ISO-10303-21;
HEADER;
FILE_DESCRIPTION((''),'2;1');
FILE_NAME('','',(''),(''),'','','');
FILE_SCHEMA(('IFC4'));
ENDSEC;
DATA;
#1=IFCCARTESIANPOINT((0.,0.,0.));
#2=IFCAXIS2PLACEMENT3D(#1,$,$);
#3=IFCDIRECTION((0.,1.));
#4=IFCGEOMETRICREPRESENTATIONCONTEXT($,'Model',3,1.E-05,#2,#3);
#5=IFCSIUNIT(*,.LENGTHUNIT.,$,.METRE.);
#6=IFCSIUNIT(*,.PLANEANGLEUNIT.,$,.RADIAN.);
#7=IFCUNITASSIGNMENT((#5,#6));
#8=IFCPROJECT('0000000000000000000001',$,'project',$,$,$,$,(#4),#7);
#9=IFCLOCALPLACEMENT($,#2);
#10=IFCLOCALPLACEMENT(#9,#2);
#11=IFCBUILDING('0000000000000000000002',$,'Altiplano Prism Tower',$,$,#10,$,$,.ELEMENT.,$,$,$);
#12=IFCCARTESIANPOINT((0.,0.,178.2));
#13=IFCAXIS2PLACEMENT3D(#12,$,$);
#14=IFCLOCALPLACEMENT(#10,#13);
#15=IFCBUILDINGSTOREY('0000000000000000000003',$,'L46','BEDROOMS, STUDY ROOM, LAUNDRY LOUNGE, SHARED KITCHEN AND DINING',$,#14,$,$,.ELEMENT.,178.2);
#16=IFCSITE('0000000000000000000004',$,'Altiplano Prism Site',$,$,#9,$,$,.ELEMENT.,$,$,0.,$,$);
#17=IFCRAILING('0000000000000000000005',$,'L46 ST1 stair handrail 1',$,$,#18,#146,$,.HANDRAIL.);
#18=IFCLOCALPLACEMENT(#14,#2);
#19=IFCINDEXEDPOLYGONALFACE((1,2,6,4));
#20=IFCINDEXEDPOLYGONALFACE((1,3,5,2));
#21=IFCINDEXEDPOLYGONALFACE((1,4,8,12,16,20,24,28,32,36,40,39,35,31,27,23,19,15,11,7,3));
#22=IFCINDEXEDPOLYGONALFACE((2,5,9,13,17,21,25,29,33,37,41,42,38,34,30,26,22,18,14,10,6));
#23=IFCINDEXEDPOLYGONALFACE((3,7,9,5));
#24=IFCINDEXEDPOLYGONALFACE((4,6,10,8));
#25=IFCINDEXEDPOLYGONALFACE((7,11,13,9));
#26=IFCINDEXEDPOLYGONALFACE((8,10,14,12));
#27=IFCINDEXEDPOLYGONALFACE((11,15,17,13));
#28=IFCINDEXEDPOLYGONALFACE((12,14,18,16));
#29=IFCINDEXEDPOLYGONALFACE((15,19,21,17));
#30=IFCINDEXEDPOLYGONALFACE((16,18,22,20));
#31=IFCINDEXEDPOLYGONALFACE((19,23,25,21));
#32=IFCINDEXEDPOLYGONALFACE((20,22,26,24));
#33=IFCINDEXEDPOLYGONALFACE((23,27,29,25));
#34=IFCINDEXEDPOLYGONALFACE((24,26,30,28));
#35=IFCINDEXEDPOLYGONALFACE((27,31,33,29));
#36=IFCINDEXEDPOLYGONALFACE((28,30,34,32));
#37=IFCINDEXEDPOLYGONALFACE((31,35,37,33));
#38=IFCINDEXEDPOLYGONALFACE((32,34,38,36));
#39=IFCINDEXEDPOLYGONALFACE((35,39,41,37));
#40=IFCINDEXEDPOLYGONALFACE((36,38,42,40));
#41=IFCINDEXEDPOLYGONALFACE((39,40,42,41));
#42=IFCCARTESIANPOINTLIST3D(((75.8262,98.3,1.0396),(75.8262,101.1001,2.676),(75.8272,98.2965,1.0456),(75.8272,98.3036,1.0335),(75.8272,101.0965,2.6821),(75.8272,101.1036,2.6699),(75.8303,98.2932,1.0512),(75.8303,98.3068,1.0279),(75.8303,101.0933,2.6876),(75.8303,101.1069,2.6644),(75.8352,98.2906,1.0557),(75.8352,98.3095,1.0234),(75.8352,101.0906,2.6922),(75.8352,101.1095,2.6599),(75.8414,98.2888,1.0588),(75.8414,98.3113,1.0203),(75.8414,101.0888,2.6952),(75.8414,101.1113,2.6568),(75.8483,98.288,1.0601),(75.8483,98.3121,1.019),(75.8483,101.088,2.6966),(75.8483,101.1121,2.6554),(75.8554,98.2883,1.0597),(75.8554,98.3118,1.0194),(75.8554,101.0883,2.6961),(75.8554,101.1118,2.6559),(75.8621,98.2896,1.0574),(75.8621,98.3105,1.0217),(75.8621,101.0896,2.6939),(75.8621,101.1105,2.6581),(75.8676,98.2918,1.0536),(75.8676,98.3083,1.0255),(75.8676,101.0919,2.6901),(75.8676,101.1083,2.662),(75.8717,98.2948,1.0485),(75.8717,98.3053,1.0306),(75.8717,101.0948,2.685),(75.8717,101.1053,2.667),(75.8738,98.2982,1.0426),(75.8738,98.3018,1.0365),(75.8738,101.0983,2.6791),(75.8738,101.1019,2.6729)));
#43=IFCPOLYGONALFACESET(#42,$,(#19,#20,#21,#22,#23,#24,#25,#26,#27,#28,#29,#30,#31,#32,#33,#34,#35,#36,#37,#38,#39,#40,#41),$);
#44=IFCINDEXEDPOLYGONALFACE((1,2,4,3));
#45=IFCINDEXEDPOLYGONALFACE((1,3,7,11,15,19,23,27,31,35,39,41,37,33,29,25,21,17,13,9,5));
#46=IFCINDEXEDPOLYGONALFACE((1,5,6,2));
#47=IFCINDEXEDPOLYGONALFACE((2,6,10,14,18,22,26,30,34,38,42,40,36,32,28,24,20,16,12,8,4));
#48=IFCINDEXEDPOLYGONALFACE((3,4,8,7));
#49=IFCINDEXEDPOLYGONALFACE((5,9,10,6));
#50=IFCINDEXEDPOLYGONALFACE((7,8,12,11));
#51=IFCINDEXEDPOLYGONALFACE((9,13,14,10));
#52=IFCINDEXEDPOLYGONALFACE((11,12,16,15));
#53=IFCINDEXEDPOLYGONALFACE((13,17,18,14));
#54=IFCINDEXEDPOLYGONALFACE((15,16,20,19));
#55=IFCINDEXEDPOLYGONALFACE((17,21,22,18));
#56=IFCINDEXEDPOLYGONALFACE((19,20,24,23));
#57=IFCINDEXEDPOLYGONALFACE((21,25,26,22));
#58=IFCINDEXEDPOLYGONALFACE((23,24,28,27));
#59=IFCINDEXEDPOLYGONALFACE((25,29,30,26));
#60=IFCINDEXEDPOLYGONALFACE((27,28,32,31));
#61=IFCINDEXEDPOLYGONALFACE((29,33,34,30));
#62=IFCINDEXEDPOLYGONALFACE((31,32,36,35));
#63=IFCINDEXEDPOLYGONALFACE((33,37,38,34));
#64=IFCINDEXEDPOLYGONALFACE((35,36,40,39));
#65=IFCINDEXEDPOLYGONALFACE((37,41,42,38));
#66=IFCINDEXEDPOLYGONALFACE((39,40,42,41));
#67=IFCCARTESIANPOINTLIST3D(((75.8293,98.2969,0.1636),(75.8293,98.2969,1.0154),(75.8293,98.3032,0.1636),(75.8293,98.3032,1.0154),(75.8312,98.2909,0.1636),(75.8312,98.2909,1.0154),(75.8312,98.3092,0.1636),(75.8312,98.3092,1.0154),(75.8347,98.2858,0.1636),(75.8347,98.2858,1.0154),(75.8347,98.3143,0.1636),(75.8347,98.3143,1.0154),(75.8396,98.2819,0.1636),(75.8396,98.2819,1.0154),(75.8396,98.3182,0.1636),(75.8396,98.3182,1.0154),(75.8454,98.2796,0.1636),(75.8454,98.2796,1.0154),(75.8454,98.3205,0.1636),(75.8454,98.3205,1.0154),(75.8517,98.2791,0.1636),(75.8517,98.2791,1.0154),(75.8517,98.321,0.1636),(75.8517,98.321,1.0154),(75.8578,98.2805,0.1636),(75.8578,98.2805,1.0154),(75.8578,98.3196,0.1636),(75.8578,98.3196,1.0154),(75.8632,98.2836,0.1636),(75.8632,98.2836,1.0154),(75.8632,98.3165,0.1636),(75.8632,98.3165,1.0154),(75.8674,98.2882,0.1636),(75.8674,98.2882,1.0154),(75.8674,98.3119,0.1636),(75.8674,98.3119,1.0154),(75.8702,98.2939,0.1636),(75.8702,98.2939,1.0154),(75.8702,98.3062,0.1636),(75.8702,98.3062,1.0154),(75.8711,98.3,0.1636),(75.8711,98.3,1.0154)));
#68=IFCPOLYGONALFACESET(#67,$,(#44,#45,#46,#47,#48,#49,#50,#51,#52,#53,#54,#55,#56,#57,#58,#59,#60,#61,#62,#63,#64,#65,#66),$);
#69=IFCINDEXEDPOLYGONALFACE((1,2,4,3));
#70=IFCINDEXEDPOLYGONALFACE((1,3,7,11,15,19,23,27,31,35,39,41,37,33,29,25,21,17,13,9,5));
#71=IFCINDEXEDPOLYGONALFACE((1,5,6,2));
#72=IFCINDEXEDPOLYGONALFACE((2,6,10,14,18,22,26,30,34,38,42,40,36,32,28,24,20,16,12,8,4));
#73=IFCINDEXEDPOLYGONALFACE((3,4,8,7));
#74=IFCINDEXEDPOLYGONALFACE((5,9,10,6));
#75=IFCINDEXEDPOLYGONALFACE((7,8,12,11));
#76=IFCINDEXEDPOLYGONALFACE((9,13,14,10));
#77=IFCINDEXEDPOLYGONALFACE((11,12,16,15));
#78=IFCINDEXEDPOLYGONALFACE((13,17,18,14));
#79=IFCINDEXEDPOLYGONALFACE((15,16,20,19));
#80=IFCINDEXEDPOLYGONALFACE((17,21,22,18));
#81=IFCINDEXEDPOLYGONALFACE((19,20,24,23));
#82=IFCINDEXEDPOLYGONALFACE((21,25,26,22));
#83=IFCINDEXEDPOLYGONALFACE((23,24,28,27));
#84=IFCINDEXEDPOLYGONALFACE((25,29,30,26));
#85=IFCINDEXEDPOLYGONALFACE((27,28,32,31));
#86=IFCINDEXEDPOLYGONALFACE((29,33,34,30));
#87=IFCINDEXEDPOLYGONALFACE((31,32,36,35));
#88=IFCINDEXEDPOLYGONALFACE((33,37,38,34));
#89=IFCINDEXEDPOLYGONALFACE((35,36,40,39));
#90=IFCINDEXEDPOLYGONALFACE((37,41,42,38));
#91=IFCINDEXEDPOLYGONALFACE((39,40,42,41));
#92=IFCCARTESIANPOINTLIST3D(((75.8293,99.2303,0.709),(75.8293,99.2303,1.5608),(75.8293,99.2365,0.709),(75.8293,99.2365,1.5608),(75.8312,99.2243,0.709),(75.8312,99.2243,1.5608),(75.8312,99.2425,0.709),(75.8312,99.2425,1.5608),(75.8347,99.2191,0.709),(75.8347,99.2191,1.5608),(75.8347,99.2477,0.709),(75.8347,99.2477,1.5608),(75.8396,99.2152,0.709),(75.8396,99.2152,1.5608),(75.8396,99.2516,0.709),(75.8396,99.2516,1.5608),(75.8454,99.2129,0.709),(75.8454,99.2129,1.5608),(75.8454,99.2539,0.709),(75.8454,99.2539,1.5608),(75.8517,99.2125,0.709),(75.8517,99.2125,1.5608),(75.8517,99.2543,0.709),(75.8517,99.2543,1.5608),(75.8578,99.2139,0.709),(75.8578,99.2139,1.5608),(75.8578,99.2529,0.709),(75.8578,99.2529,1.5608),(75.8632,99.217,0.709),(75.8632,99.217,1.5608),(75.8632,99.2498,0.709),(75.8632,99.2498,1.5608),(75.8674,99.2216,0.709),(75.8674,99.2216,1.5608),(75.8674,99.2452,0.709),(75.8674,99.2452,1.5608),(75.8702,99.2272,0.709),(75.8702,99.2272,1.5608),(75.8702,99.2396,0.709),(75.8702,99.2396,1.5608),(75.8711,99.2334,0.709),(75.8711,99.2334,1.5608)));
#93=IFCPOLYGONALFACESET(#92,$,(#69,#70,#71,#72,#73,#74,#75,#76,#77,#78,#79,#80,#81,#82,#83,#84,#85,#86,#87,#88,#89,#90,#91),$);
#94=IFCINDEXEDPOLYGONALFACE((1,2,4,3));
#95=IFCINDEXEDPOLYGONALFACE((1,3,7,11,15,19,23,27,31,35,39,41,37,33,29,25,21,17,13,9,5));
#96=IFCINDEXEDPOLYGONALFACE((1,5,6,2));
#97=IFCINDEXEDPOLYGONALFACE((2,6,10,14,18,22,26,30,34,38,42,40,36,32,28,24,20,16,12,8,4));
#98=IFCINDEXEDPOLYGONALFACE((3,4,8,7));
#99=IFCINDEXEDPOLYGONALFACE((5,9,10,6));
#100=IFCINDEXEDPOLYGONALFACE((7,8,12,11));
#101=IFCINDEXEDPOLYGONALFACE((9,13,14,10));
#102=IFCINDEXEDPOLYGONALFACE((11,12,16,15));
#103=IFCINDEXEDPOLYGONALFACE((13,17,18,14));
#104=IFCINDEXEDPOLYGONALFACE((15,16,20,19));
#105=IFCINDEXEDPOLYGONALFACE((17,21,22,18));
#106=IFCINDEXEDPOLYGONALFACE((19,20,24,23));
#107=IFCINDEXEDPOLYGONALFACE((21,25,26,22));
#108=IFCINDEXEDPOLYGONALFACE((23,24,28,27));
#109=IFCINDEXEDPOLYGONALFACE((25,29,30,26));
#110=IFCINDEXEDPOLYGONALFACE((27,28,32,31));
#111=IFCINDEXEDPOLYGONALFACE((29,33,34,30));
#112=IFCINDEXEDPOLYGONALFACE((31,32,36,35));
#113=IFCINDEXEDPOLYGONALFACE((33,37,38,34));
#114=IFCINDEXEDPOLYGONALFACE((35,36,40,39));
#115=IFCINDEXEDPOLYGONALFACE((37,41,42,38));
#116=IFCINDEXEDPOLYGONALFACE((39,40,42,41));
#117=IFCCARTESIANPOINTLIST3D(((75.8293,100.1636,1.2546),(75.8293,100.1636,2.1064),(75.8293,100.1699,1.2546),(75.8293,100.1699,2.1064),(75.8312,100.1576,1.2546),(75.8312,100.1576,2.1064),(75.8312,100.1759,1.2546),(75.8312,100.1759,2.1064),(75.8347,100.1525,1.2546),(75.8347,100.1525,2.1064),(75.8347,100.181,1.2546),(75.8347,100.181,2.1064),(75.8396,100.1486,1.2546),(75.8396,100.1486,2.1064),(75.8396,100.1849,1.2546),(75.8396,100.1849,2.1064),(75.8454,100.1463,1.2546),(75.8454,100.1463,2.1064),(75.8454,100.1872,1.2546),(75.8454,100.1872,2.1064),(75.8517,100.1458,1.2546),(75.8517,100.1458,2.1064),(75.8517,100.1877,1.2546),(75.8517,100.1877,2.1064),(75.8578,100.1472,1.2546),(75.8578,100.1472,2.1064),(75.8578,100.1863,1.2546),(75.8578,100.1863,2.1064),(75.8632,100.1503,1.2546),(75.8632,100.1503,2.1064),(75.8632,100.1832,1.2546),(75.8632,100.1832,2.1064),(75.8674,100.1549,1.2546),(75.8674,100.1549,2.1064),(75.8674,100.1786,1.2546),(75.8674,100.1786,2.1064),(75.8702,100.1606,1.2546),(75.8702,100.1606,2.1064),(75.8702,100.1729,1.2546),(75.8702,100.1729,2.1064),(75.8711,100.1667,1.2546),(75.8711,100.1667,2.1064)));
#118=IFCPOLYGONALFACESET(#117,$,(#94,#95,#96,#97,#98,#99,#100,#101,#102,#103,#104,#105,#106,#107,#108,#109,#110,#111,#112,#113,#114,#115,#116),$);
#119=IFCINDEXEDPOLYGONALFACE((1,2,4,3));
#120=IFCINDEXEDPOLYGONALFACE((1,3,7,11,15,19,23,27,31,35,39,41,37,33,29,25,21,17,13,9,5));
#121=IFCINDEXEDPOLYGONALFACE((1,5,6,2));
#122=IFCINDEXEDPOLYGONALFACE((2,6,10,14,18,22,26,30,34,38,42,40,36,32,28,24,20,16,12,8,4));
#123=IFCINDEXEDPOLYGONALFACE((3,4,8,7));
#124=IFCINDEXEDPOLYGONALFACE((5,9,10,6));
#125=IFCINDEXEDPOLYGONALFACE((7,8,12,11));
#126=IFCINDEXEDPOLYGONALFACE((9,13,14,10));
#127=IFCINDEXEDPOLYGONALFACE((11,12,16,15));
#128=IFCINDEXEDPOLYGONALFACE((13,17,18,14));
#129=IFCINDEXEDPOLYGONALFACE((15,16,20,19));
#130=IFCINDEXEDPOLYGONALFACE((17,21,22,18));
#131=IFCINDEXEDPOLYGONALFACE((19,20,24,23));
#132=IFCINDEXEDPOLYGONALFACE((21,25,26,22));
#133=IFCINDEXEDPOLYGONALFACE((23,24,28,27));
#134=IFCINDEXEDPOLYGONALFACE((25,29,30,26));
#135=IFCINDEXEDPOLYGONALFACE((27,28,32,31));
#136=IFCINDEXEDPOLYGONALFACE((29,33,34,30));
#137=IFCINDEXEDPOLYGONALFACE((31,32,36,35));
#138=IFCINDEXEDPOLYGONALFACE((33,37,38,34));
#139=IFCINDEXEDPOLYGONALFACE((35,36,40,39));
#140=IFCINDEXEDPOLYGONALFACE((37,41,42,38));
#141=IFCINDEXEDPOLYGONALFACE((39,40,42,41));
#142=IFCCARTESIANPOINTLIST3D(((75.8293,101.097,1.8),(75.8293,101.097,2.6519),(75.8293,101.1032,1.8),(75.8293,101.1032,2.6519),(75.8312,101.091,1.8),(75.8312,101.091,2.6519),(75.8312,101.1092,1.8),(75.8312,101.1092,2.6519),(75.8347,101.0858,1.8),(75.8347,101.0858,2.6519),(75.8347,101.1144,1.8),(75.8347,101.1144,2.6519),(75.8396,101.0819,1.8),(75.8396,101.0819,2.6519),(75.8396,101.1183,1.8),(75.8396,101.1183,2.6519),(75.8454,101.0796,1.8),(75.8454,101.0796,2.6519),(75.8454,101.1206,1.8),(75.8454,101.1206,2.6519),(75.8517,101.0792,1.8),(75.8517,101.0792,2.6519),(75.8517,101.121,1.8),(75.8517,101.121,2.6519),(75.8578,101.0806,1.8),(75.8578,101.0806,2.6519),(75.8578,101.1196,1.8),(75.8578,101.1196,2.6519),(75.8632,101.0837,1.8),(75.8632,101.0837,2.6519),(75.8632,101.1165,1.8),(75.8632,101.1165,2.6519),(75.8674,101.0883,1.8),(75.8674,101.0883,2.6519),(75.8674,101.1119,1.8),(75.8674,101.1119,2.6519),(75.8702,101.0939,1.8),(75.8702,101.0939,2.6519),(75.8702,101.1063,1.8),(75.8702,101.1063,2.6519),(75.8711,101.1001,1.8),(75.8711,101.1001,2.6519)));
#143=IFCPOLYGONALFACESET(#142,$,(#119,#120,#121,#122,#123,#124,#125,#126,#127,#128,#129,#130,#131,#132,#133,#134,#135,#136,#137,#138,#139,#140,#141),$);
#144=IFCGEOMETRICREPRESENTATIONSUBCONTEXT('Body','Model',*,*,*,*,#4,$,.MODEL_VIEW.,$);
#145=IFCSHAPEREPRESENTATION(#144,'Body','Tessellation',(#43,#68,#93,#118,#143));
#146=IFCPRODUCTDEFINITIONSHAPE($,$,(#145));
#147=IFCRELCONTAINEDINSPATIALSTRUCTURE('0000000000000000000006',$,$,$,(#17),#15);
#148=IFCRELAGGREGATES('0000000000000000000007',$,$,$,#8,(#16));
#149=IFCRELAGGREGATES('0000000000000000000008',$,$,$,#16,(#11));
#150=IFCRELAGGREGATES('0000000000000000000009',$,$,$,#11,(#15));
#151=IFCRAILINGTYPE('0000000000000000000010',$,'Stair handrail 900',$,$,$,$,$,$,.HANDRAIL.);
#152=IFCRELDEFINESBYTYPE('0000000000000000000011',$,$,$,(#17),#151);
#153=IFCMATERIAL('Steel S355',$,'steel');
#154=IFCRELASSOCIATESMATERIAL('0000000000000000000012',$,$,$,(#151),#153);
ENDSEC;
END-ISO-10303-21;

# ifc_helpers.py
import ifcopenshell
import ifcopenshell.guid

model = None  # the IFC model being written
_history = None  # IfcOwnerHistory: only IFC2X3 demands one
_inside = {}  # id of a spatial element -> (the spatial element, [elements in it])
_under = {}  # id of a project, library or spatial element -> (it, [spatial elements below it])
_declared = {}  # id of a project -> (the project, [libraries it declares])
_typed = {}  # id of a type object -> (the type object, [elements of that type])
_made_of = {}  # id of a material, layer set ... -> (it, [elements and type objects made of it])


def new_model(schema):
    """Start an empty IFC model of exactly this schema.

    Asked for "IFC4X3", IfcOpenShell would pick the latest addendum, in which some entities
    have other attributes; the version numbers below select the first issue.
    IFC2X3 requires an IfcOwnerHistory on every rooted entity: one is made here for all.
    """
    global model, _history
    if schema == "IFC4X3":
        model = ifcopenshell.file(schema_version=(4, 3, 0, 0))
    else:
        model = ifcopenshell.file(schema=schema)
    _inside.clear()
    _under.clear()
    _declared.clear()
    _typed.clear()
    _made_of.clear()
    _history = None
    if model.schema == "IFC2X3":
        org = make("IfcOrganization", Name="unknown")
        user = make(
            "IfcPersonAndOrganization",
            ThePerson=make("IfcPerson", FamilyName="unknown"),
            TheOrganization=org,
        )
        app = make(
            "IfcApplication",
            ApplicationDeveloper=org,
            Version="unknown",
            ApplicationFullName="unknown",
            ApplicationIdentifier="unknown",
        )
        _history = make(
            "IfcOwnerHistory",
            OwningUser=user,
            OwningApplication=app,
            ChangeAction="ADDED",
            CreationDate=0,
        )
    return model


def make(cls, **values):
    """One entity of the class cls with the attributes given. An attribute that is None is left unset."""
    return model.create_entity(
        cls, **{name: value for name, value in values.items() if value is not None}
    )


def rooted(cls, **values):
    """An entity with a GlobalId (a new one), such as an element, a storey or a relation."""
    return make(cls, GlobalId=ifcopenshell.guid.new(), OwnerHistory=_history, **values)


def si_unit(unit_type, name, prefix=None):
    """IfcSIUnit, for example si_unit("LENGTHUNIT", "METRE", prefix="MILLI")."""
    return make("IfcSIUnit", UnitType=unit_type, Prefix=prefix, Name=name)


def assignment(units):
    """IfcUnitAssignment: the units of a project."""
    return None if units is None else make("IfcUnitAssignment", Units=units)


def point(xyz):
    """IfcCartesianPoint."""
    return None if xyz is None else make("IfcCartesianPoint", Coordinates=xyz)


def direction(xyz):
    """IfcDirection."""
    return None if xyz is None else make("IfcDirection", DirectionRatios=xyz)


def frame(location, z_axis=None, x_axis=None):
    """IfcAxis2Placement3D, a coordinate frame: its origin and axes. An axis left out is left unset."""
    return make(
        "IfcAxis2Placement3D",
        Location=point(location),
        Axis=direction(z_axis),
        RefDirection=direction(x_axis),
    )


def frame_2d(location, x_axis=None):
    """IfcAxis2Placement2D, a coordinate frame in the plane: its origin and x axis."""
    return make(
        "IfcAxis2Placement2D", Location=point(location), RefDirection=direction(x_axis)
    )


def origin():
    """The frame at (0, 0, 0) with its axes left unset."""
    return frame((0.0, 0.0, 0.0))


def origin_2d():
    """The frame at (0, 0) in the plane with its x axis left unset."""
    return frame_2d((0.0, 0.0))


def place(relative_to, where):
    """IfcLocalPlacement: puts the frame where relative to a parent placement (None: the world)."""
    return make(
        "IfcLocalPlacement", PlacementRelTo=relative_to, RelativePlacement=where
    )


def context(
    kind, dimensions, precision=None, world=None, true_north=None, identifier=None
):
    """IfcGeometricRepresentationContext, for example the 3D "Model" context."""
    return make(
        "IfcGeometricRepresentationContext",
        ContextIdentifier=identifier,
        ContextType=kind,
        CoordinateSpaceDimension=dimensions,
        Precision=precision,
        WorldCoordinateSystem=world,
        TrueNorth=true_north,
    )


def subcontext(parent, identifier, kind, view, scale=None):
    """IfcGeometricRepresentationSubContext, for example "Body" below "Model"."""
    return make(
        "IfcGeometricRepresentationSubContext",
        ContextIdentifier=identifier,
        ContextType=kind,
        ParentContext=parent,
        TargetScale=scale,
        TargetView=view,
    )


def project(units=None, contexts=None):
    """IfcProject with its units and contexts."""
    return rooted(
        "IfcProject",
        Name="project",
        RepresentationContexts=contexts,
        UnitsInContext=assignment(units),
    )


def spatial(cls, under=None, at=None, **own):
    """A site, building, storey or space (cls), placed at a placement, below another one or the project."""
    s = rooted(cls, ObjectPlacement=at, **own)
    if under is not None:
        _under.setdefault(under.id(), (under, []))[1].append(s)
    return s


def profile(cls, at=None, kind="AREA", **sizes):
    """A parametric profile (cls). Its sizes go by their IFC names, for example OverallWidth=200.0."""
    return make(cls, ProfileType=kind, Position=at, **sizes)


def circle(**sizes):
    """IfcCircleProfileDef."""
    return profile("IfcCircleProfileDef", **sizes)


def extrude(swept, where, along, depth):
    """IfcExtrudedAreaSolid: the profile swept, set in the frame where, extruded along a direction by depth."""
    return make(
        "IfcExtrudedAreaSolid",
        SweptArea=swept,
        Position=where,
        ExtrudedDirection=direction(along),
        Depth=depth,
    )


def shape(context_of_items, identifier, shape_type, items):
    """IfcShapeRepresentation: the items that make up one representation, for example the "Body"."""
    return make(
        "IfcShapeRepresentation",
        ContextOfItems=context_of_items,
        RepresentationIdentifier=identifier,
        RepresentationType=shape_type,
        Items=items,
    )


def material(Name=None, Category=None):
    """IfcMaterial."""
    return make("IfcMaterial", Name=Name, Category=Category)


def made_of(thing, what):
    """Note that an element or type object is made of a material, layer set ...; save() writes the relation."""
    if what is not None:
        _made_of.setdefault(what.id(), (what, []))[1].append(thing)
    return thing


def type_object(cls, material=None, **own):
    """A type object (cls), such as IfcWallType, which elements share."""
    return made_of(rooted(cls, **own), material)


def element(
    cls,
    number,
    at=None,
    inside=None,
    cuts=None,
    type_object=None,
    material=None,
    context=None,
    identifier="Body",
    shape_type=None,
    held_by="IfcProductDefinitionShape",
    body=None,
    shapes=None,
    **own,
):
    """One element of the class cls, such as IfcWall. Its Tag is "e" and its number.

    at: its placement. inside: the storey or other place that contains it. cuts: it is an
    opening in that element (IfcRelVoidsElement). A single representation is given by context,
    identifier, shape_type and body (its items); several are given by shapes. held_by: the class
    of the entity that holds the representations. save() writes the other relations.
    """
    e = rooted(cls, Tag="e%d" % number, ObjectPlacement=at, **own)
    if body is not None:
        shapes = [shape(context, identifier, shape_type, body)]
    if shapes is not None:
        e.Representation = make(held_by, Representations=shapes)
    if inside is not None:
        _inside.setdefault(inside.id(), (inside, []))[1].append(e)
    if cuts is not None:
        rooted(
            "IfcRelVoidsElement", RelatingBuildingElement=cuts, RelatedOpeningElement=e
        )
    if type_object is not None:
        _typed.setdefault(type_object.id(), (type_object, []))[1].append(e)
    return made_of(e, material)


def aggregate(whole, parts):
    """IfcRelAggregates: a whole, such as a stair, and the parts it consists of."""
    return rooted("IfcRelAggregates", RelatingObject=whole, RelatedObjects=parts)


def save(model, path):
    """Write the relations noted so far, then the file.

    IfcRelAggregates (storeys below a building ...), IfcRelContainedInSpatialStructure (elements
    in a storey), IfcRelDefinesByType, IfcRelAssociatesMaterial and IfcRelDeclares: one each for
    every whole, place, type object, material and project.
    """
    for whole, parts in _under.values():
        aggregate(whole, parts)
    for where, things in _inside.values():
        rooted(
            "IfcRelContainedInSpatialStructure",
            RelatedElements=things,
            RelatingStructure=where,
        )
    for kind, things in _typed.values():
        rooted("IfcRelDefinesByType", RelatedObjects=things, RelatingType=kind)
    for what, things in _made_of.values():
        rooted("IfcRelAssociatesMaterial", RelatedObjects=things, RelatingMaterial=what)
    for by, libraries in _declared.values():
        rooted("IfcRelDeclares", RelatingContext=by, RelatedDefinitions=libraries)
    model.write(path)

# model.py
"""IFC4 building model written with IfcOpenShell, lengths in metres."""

from ifc_helpers import new_model, si_unit, direction, frame, origin, origin_2d, place, context, subcontext, project, spatial, circle, extrude, material, type_object, element, save


model = new_model("IFC4")

# Units and contexts
model_context = context("Model", 3, precision=1e-05, world=origin(), true_north=direction((0.0, 1.0)))
body_context = subcontext(model_context, "Body", "Model", "MODEL_VIEW")
ifc_project = project(units=[si_unit("LENGTHUNIT", "METRE"), si_unit("PLANEANGLEUNIT", "RADIAN")], contexts=[model_context])

# Site, building, storey
site_placement = place(None, origin())
site = spatial("IfcSite", under=ifc_project, at=site_placement, Name="Altiplano Prism Site", CompositionType="ELEMENT", RefElevation=0.0)
building_placement = place(site_placement, origin())
building = spatial("IfcBuilding", under=site, at=building_placement, Name="Altiplano Prism Tower", CompositionType="ELEMENT")
storey_placement = place(building_placement, frame((0.0, 0.0, 178.2)))
storey = spatial("IfcBuildingStorey", under=building, at=storey_placement, Name="L46", Description="BEDROOMS, STUDY ROOM, LAUNDRY LOUNGE, SHARED KITCHEN AND DINING", CompositionType="ELEMENT", Elevation=178.2)

# Railing
ifc_material_1 = material(Name="Steel S355", Category="steel")
railing_type_1 = type_object("IfcRailingType", Name="Stair handrail 900", PredefinedType="HANDRAIL", material=ifc_material_1)
railing_1_placement = place(storey_placement, frame((75.8501, 98.3, 0.1636)))
element("IfcRailing", 1, at=railing_1_placement, inside=storey, type_object=railing_type_1, Name="L46 ST1 stair handrail 1", PredefinedType="HANDRAIL", context=body_context, shape_type="SweptSolid", body=[
    extrude(circle(Radius=0.0239, at=origin_2d()), frame((0.0, 0.0, 0.876), z_axis=(0.0, 0.863361, 0.504587), x_axis=(-1.0, 0.0, 0.0)), (0.0, 0.0, 1.0), 3.2432),
    extrude(circle(Radius=0.021, at=origin_2d()), origin(), (0.0, 0.0, 1.0), 0.8518),
    extrude(circle(Radius=0.021, at=origin_2d()), frame((0.0, 0.9333, 0.5454)), (0.0, 0.0, 1.0), 0.8518),
    extrude(circle(Radius=0.021, at=origin_2d()), frame((0.0, 1.8667, 1.0911)), (0.0, 0.0, 1.0), 0.8518),
    extrude(circle(Radius=0.021, at=origin_2d()), frame((0.0, 2.8, 1.6365)), (0.0, 0.0, 1.0), 0.8518),
])

save(model, "model.ifc")
